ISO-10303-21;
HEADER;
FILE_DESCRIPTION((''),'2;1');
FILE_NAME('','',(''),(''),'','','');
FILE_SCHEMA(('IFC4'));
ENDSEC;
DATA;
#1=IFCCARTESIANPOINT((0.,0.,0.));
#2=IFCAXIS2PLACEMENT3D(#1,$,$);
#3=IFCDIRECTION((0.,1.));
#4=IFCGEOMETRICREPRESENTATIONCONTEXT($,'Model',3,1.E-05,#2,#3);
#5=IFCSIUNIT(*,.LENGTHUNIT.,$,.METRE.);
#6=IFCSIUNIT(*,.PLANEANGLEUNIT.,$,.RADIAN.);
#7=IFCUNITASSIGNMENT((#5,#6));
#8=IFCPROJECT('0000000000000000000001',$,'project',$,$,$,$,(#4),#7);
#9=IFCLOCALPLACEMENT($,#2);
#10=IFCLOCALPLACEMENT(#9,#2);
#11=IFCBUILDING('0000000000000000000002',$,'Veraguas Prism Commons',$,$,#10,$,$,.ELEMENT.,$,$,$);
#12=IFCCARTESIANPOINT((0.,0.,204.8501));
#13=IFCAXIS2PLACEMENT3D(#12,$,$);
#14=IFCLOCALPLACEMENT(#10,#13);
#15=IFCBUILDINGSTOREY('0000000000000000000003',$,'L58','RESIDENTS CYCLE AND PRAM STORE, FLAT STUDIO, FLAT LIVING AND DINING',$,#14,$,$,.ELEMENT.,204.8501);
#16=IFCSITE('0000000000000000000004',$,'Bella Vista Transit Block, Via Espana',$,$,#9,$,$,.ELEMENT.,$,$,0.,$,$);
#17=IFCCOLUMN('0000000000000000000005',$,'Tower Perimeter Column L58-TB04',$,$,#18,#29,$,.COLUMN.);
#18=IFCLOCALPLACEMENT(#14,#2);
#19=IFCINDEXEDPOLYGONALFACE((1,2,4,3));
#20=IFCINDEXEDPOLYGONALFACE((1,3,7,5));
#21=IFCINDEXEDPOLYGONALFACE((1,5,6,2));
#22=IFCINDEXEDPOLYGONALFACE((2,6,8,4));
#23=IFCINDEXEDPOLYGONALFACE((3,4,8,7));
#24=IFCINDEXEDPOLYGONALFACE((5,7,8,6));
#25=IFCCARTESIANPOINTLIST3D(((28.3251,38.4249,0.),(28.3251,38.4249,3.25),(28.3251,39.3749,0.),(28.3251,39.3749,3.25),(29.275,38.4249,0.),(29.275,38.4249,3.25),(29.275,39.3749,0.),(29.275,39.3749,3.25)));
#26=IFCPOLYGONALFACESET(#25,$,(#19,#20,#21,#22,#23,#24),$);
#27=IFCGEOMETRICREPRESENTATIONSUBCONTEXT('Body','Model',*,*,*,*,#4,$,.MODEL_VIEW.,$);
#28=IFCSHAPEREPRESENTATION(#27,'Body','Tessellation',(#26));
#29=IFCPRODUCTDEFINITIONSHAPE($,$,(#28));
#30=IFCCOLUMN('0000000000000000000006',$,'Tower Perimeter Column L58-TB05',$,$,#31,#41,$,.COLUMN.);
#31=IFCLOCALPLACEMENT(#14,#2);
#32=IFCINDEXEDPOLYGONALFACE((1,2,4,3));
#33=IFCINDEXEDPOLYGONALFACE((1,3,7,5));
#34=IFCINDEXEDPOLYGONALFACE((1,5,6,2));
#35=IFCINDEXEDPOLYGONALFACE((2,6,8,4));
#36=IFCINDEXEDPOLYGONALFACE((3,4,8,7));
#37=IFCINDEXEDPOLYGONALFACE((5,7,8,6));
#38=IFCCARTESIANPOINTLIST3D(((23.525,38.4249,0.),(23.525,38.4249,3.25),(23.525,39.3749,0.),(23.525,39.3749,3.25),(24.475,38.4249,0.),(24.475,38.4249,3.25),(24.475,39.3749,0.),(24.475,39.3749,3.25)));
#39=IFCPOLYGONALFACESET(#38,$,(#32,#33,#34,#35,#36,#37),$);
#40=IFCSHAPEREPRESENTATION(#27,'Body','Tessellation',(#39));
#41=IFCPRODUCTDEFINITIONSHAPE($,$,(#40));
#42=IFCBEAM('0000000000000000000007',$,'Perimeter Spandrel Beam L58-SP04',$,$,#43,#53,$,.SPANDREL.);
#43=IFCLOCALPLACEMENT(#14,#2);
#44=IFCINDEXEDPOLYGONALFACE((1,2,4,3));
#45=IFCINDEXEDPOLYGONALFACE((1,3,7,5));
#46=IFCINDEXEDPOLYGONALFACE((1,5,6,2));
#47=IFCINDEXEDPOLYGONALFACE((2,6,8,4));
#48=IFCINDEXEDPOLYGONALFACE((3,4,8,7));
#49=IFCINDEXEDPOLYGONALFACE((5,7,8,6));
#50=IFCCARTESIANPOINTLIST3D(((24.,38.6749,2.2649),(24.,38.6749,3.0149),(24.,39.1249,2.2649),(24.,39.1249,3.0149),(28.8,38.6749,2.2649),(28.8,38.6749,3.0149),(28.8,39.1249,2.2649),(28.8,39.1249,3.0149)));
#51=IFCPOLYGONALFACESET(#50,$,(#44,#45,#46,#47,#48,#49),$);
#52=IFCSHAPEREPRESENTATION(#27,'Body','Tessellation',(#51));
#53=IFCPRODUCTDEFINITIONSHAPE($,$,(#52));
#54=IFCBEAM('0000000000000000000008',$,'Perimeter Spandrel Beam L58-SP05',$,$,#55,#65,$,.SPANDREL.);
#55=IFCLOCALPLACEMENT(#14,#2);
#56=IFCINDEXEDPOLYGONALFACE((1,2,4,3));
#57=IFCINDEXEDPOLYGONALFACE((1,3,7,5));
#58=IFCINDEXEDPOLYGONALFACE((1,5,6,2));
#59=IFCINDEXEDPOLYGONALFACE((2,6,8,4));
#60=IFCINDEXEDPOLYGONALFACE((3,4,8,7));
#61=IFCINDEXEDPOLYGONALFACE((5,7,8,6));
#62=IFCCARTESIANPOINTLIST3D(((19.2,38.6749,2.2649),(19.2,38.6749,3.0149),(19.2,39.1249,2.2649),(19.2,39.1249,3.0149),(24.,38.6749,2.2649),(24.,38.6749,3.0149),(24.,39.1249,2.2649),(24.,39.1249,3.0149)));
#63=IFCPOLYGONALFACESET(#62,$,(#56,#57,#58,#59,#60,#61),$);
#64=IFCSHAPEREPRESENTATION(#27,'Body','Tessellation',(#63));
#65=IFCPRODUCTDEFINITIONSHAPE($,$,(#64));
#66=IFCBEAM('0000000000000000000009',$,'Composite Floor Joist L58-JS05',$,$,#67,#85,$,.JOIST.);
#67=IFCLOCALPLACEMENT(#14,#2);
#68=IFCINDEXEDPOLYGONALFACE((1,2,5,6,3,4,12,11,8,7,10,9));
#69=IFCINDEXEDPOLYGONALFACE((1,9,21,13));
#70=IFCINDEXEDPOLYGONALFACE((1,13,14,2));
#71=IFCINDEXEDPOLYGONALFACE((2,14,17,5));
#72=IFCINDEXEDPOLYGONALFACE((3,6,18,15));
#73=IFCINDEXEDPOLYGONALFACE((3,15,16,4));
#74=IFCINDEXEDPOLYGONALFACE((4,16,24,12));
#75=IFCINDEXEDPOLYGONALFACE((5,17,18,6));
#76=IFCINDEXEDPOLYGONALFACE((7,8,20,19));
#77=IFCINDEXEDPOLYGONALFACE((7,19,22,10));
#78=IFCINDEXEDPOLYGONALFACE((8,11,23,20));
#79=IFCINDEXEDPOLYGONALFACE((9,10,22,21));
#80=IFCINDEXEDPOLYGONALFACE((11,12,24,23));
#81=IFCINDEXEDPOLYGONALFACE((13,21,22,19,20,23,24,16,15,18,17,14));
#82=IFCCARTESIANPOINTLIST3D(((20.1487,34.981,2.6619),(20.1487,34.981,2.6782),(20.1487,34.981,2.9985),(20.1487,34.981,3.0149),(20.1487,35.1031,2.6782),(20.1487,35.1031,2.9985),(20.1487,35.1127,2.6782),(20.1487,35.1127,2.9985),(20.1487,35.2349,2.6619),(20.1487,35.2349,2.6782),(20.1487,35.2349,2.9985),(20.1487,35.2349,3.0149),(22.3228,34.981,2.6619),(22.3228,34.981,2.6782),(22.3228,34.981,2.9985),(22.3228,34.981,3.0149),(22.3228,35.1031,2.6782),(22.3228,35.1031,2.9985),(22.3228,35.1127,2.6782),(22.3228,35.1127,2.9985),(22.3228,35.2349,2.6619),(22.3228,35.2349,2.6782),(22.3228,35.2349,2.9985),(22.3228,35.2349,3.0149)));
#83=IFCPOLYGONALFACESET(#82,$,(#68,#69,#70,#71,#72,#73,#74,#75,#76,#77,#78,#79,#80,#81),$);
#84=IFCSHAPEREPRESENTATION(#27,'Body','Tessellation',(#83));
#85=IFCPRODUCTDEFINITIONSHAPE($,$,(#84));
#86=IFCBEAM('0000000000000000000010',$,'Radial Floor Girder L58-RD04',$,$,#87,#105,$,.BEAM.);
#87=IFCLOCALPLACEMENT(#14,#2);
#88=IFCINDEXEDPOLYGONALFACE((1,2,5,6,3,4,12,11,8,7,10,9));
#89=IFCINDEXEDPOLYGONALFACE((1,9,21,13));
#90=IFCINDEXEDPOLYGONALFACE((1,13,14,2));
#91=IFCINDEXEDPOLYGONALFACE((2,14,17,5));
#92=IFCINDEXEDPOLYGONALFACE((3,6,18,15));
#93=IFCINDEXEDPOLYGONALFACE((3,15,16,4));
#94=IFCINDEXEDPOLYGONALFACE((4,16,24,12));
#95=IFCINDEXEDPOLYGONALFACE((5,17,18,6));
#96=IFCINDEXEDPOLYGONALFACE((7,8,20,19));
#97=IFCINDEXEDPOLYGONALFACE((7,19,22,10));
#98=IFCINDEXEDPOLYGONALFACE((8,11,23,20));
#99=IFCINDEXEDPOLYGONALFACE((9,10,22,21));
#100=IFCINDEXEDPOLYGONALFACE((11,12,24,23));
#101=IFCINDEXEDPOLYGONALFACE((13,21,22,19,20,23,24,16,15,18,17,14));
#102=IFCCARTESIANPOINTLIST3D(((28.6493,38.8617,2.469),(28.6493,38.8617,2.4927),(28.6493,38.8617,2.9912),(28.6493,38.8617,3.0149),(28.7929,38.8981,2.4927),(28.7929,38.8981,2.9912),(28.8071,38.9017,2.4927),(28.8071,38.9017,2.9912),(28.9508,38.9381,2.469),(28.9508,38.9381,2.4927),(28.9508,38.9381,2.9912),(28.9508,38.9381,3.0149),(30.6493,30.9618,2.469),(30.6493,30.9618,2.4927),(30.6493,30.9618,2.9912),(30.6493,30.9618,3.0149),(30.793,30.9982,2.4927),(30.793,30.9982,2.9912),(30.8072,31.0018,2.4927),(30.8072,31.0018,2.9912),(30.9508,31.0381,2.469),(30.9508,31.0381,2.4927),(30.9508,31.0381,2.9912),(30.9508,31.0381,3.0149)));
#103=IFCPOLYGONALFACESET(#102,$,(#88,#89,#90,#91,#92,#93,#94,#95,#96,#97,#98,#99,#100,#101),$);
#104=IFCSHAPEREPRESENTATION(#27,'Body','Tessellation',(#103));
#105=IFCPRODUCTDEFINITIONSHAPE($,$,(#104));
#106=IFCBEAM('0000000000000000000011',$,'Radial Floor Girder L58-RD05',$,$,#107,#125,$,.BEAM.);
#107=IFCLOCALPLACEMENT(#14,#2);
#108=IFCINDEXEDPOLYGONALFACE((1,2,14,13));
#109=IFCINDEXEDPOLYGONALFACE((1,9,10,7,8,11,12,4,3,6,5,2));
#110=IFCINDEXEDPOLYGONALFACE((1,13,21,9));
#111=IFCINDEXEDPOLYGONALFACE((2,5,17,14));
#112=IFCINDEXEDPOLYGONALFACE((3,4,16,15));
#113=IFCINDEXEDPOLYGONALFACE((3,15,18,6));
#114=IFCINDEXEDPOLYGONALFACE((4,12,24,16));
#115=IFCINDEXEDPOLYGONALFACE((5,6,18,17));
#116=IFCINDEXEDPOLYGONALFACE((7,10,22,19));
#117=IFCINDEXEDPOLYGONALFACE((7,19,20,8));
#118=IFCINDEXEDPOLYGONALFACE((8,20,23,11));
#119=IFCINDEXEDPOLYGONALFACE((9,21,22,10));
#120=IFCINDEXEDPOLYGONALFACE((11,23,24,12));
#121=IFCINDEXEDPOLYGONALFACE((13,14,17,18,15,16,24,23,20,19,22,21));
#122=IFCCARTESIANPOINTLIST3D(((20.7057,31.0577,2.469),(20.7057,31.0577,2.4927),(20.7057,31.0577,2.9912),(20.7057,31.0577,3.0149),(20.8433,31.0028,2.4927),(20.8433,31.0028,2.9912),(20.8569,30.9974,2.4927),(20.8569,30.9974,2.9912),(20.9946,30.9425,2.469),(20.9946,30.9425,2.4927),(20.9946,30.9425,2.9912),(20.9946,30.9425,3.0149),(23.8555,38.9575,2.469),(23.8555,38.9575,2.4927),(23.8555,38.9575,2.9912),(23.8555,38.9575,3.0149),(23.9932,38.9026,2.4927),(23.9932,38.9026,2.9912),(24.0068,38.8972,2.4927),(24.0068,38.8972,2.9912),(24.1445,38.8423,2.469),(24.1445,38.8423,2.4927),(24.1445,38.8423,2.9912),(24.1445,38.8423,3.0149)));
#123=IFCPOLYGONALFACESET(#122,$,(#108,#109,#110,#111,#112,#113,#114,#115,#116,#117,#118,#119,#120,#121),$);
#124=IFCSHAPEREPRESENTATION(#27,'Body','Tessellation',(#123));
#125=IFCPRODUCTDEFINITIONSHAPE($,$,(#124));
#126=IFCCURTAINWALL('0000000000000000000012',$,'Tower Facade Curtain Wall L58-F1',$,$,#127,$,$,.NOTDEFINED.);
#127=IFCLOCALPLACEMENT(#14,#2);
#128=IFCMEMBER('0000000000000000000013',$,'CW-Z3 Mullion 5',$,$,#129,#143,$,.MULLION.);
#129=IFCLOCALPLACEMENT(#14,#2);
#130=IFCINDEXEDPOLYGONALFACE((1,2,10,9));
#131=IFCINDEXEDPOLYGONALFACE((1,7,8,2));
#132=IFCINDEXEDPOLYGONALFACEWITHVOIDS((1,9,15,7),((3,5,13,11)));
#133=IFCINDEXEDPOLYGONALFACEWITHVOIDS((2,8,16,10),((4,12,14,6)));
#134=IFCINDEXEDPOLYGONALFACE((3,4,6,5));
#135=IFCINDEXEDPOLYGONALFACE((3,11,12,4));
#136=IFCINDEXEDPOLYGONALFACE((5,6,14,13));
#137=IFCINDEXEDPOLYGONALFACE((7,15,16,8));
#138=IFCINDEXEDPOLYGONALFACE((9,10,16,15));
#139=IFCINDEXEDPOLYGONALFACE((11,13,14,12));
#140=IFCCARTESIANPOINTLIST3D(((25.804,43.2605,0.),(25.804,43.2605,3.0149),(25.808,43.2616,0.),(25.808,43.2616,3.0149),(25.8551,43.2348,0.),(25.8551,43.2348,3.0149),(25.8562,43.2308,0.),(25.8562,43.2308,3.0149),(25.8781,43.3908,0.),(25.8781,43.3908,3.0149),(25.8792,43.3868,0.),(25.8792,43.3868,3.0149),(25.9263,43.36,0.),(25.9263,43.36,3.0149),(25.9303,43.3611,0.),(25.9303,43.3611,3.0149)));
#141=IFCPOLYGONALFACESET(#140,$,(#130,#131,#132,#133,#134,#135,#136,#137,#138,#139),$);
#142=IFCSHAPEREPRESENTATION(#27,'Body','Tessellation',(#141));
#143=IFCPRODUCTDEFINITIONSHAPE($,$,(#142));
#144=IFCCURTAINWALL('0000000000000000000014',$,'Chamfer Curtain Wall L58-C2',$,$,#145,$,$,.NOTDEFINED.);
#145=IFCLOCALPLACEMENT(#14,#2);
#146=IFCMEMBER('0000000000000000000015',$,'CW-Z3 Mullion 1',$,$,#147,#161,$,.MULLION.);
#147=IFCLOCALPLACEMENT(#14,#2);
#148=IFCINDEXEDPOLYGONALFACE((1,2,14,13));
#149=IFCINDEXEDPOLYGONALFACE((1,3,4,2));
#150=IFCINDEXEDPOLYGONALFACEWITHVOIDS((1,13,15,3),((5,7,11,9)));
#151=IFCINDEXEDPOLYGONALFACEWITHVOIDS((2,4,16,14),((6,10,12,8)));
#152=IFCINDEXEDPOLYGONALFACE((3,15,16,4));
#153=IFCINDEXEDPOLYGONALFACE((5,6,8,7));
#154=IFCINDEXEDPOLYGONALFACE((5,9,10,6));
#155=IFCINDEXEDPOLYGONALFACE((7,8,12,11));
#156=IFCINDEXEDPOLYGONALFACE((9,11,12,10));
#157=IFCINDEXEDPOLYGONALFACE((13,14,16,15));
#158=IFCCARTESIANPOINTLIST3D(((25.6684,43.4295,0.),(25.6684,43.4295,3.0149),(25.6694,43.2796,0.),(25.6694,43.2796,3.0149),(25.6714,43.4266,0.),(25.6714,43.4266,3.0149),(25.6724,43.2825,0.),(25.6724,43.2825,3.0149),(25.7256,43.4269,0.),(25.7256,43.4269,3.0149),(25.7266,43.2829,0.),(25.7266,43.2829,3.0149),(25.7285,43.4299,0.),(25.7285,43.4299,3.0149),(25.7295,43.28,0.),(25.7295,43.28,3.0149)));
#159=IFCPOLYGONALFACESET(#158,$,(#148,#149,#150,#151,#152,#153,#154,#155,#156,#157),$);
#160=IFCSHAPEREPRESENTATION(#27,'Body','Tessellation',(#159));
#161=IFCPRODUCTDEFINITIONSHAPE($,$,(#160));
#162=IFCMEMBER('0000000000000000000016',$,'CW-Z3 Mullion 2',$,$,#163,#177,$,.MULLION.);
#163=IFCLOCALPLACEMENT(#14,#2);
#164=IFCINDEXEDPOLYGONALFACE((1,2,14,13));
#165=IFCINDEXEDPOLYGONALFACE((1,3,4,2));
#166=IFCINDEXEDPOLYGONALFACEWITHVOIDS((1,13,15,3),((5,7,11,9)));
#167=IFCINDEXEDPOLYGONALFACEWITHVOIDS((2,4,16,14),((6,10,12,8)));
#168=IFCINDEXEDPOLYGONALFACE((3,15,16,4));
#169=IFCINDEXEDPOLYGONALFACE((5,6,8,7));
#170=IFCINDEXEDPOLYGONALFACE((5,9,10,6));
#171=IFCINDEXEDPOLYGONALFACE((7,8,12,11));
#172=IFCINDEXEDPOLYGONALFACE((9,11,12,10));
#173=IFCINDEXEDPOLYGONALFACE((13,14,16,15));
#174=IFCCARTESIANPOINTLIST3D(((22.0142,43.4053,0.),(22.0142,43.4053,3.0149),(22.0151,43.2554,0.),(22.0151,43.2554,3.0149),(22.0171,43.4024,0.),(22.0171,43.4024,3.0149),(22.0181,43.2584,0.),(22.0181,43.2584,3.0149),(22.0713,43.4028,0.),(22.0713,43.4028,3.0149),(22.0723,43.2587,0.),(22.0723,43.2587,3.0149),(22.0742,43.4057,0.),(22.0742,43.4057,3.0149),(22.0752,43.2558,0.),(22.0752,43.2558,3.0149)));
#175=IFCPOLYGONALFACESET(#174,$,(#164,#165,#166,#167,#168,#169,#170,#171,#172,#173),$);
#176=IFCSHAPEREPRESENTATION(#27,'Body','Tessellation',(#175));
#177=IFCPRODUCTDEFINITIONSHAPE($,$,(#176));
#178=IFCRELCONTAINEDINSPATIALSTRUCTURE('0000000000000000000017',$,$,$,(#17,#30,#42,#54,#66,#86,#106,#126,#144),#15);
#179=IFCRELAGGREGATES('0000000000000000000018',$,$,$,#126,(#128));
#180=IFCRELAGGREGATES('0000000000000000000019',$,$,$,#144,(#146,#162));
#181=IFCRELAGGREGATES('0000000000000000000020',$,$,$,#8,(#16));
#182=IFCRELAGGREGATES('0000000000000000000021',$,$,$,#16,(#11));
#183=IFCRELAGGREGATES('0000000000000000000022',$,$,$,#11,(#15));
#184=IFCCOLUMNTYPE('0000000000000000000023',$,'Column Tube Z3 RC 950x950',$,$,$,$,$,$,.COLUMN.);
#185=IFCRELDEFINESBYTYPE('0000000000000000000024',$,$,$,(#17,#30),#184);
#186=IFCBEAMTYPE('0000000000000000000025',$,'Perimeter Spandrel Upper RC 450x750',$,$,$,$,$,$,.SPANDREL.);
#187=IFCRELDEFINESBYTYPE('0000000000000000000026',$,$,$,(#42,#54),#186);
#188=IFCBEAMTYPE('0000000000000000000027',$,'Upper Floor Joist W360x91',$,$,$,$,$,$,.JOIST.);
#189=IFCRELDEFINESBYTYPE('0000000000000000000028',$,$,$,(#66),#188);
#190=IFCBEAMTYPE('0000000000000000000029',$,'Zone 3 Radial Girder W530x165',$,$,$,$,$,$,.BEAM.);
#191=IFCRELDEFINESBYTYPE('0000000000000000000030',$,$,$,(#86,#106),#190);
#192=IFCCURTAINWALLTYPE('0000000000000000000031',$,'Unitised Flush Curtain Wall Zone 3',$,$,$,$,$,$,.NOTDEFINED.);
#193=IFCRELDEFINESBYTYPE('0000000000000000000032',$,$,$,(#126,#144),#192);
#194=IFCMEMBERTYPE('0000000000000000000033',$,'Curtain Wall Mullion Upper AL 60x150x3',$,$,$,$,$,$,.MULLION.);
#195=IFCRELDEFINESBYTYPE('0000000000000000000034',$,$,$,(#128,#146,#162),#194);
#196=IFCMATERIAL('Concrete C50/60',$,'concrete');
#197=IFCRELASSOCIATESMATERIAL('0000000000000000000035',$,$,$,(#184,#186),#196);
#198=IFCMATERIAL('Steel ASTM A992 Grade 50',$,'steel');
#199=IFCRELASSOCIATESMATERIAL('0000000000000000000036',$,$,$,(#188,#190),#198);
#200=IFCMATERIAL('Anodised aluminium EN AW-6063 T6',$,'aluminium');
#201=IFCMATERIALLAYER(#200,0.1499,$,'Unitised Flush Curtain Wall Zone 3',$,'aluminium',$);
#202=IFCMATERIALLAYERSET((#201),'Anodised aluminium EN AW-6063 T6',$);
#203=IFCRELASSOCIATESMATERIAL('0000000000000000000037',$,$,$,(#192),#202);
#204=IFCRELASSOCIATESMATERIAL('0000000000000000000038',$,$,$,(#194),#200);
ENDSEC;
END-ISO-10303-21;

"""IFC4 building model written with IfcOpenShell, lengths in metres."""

from ifc_helpers import new_model, si_unit, direction, frame, origin, origin_2d, place, context, subcontext, project, spatial, rectangle, hollow_rectangle, i_section, extrude, source, transform, mapped, material, layer, layer_set, material_profile, profile_set, type_object, element, aggregate, save


model = new_model("IFC4")

# Units and contexts
model_context = context("Model", 3, precision=1e-05, world=origin(), true_north=direction((0.0, 1.0)))
body_context = subcontext(model_context, "Body", "Model", "MODEL_VIEW")
ifc_project = project(units=[si_unit("LENGTHUNIT", "METRE"), si_unit("PLANEANGLEUNIT", "RADIAN")], contexts=[model_context])

# Site, building, storey
site_placement = place(None, origin())
site = spatial("IfcSite", under=ifc_project, at=site_placement, Name="Bella Vista Transit Block, Via Espana", CompositionType="ELEMENT", RefElevation=0.0)
building_placement = place(site_placement, origin())
building = spatial("IfcBuilding", under=site, at=building_placement, Name="Veraguas Prism Commons", CompositionType="ELEMENT")
storey_placement = place(building_placement, frame((0.0, 0.0, 204.8501)))
storey = spatial("IfcBuildingStorey", under=building, at=storey_placement, Name="L58", Description="RESIDENTS CYCLE AND PRAM STORE, FLAT STUDIO, FLAT LIVING AND DINING", CompositionType="ELEMENT", Elevation=204.8501)

# Columns
ifc_material_1 = material(Name="Concrete C50/60", Category="concrete")
ifc_material_profile_1 = material_profile(ifc_material_1, rectangle(XDim=0.95, YDim=0.95, at=origin_2d()), Name="RC950X950")
ifc_profile_set_1 = profile_set([ifc_material_profile_1], Name="Concrete C50/60")
column_type = type_object("IfcColumnType", Name="Column Tube Z3 RC 950x950", PredefinedType="COLUMN", material=ifc_profile_set_1)
for number, where, z_axis, x_axis, name in (
    (1, (28.8, 38.8999, 0.0), (0.0, 0.0, 1.0), (1.0, 0.0, 0.0), "Tower Perimeter Column L58-TB04"),
    (2, (24.0, 38.8999, 0.0), (0.0, 0.0, 1.0), (1.0, 0.0, 0.0), "Tower Perimeter Column L58-TB05"),
):
    element("IfcColumn", number, at=place(storey_placement, frame(where, z_axis=z_axis, x_axis=x_axis)), inside=storey, type_object=column_type, Name=name, PredefinedType="COLUMN", context=body_context, shape_type="SweptSolid", body=[
        extrude(rectangle(XDim=0.95, YDim=0.95, at=origin_2d()), origin(), (0.0, 0.0, 1.0), 3.25),
    ])

# Beams
ifc_material_profile_2 = material_profile(ifc_material_1, rectangle(XDim=0.45, YDim=0.75, at=origin_2d()), Name="RC450X750")
ifc_profile_set_2 = profile_set([ifc_material_profile_2], Name="Concrete C50/60")
beam_type_1 = type_object("IfcBeamType", Name="Perimeter Spandrel Upper RC 450x750", PredefinedType="SPANDREL", material=ifc_profile_set_2)
for number, where, z_axis, x_axis, name in (
    (3, (28.8, 38.8999, 2.6399), (-1.0, 0.0, 0.0), (0.0, -1.0, 0.0), "Perimeter Spandrel Beam L58-SP04"),
    (4, (24.0, 38.8999, 2.6399), (-1.0, 0.0, 0.0), (0.0, -1.0, 0.0), "Perimeter Spandrel Beam L58-SP05"),
):
    element("IfcBeam", number, at=place(storey_placement, frame(where, z_axis=z_axis, x_axis=x_axis)), inside=storey, type_object=beam_type_1, Name=name, PredefinedType="SPANDREL", context=body_context, shape_type="SweptSolid", body=[
        extrude(rectangle(XDim=0.45, YDim=0.75, at=origin_2d()), origin(), (0.0, 0.0, 1.0), 4.8),
    ])
ifc_material_2 = material(Name="Steel ASTM A992 Grade 50", Category="steel")
ifc_material_profile_3 = material_profile(ifc_material_2, i_section(OverallWidth=0.2539, OverallDepth=0.353, WebThickness=0.0095, FlangeThickness=0.0164, at=origin_2d()), Name="W360X91")
ifc_profile_set_3 = profile_set([ifc_material_profile_3], Name="Steel ASTM A992 Grade 50")
beam_type_2 = type_object("IfcBeamType", Name="Upper Floor Joist W360x91", PredefinedType="JOIST", material=ifc_profile_set_3)
beam_1_placement = place(storey_placement, frame((22.3228, 35.1079, 2.8384), z_axis=(-1.0, 0.0, 0.0), x_axis=(0.0, -1.0, 0.0)))
element("IfcBeam", 5, at=beam_1_placement, inside=storey, type_object=beam_type_2, Name="Composite Floor Joist L58-JS05", PredefinedType="JOIST", context=body_context, shape_type="SweptSolid", body=[
    extrude(i_section(OverallWidth=0.2539, OverallDepth=0.353, WebThickness=0.0095, FlangeThickness=0.0164, at=origin_2d()), origin(), (0.0, 0.0, 1.0), 2.1741),
])
ifc_material_profile_4 = material_profile(ifc_material_2, i_section(OverallWidth=0.311, OverallDepth=0.5459, WebThickness=0.0146, FlangeThickness=0.0237, at=origin_2d()), Name="W530X165")
ifc_profile_set_4 = profile_set([ifc_material_profile_4], Name="Steel ASTM A992 Grade 50")
beam_type_3 = type_object("IfcBeamType", Name="Zone 3 Radial Girder W530x165", PredefinedType="BEAM", material=ifc_profile_set_4)
beam_2_placement = place(storey_placement, frame((28.8, 38.8999, 2.7419), z_axis=(0.245425, -0.969416, 0.0), x_axis=(0.969416, 0.245425, 0.0)))
element("IfcBeam", 6, at=beam_2_placement, inside=storey, type_object=beam_type_3, Name="Radial Floor Girder L58-RD04", PredefinedType="BEAM", context=body_context, shape_type="SweptSolid", body=[
    extrude(i_section(OverallWidth=0.311, OverallDepth=0.5459, WebThickness=0.0146, FlangeThickness=0.0237, at=origin_2d()), origin(), (0.0, 0.0, 1.0), 8.1492),
])
beam_3_placement = place(storey_placement, frame((24.0, 38.8999, 2.7419), z_axis=(-0.370371, -0.928884, 0.0), x_axis=(0.928884, -0.370371, 0.0)))
element("IfcBeam", 7, at=beam_3_placement, inside=storey, type_object=beam_type_3, Name="Radial Floor Girder L58-RD05", PredefinedType="BEAM", context=body_context, shape_type="SweptSolid", body=[
    extrude(i_section(OverallWidth=0.311, OverallDepth=0.5459, WebThickness=0.0146, FlangeThickness=0.0237, at=origin_2d()), origin(), (0.0, 0.0, 1.0), 8.5046),
])

# Curtain wall, member
ifc_material_3 = material(Name="Anodised aluminium EN AW-6063 T6", Category="aluminium")
ifc_layer_1 = layer(ifc_material_3, 0.1499, Name="Unitised Flush Curtain Wall Zone 3", Category="aluminium")
ifc_layer_set_1 = layer_set([ifc_layer_1], Name="Anodised aluminium EN AW-6063 T6")
curtain_wall_type = type_object("IfcCurtainWallType", Name="Unitised Flush Curtain Wall Zone 3", PredefinedType="NOTDEFINED", material=ifc_layer_set_1)
curtain_wall_1_placement = place(storey_placement, origin())
curtain_wall_1 = element("IfcCurtainWall", 8, at=curtain_wall_1_placement, inside=storey, type_object=curtain_wall_type, Name="Tower Facade Curtain Wall L58-F1", PredefinedType="NOTDEFINED")
ifc_material_profile_5 = material_profile(ifc_material_3, hollow_rectangle(XDim=0.0601, YDim=0.1499, WallThickness=0.0029, at=origin_2d()), Name="AL60X150X3")
ifc_profile_set_5 = profile_set([ifc_material_profile_5], Name="Anodised aluminium EN AW-6063 T6")
member_type_1 = type_object("IfcMemberType", Name="Curtain Wall Mullion Upper AL 60x150x3", PredefinedType="MULLION", material=ifc_profile_set_5)
shared_shape_1 = source(origin(), body_context, "Body", "SweptSolid", [
    extrude(hollow_rectangle(XDim=0.0601, YDim=0.1499, WallThickness=0.0029, at=origin_2d()), origin(), (0.0, 0.0, 1.0), 3.0149),
])
member_1_placement = place(storey_placement, frame((25.8672, 43.3108, 0.0), z_axis=(0.0, 0.0, 1.0), x_axis=(-0.869323, 0.494244, 0.0)))
member_1 = element("IfcMember", 9, at=member_1_placement, type_object=member_type_1, Name="CW-Z3 Mullion 5", PredefinedType="MULLION", context=body_context, shape_type="MappedRepresentation", body=[
    mapped(shared_shape_1, transform((0.0, 0.0, 0.0), scale=1.0)),
])

# Curtain wall, members
curtain_wall_2_placement = place(storey_placement, origin())
curtain_wall_2 = element("IfcCurtainWall", 10, at=curtain_wall_2_placement, inside=storey, type_object=curtain_wall_type, Name="Chamfer Curtain Wall L58-C2", PredefinedType="NOTDEFINED")
member_2_placement = place(storey_placement, frame((25.699, 43.3547, 0.0), z_axis=(0.0, 0.0, 1.0), x_axis=(-0.999978, -0.006623, 0.0)))
member_2 = element("IfcMember", 11, at=member_2_placement, type_object=member_type_1, Name="CW-Z3 Mullion 1", PredefinedType="MULLION", context=body_context, shape_type="MappedRepresentation", body=[
    mapped(shared_shape_1, transform((0.0, 0.0, 0.0), scale=1.0)),
])
member_3_placement = place(storey_placement, frame((22.0447, 43.3306, 0.0), z_axis=(0.0, 0.0, 1.0), x_axis=(-0.999978, -0.006623, 0.0)))
member_3 = element("IfcMember", 12, at=member_3_placement, type_object=member_type_1, Name="CW-Z3 Mullion 2", PredefinedType="MULLION", context=body_context, shape_type="MappedRepresentation", body=[
    mapped(shared_shape_1, transform((0.0, 0.0, 0.0), scale=1.0)),
])

aggregate(curtain_wall_1, [member_1])
aggregate(curtain_wall_2, [member_2, member_3])

save(model, "model.ifc")
